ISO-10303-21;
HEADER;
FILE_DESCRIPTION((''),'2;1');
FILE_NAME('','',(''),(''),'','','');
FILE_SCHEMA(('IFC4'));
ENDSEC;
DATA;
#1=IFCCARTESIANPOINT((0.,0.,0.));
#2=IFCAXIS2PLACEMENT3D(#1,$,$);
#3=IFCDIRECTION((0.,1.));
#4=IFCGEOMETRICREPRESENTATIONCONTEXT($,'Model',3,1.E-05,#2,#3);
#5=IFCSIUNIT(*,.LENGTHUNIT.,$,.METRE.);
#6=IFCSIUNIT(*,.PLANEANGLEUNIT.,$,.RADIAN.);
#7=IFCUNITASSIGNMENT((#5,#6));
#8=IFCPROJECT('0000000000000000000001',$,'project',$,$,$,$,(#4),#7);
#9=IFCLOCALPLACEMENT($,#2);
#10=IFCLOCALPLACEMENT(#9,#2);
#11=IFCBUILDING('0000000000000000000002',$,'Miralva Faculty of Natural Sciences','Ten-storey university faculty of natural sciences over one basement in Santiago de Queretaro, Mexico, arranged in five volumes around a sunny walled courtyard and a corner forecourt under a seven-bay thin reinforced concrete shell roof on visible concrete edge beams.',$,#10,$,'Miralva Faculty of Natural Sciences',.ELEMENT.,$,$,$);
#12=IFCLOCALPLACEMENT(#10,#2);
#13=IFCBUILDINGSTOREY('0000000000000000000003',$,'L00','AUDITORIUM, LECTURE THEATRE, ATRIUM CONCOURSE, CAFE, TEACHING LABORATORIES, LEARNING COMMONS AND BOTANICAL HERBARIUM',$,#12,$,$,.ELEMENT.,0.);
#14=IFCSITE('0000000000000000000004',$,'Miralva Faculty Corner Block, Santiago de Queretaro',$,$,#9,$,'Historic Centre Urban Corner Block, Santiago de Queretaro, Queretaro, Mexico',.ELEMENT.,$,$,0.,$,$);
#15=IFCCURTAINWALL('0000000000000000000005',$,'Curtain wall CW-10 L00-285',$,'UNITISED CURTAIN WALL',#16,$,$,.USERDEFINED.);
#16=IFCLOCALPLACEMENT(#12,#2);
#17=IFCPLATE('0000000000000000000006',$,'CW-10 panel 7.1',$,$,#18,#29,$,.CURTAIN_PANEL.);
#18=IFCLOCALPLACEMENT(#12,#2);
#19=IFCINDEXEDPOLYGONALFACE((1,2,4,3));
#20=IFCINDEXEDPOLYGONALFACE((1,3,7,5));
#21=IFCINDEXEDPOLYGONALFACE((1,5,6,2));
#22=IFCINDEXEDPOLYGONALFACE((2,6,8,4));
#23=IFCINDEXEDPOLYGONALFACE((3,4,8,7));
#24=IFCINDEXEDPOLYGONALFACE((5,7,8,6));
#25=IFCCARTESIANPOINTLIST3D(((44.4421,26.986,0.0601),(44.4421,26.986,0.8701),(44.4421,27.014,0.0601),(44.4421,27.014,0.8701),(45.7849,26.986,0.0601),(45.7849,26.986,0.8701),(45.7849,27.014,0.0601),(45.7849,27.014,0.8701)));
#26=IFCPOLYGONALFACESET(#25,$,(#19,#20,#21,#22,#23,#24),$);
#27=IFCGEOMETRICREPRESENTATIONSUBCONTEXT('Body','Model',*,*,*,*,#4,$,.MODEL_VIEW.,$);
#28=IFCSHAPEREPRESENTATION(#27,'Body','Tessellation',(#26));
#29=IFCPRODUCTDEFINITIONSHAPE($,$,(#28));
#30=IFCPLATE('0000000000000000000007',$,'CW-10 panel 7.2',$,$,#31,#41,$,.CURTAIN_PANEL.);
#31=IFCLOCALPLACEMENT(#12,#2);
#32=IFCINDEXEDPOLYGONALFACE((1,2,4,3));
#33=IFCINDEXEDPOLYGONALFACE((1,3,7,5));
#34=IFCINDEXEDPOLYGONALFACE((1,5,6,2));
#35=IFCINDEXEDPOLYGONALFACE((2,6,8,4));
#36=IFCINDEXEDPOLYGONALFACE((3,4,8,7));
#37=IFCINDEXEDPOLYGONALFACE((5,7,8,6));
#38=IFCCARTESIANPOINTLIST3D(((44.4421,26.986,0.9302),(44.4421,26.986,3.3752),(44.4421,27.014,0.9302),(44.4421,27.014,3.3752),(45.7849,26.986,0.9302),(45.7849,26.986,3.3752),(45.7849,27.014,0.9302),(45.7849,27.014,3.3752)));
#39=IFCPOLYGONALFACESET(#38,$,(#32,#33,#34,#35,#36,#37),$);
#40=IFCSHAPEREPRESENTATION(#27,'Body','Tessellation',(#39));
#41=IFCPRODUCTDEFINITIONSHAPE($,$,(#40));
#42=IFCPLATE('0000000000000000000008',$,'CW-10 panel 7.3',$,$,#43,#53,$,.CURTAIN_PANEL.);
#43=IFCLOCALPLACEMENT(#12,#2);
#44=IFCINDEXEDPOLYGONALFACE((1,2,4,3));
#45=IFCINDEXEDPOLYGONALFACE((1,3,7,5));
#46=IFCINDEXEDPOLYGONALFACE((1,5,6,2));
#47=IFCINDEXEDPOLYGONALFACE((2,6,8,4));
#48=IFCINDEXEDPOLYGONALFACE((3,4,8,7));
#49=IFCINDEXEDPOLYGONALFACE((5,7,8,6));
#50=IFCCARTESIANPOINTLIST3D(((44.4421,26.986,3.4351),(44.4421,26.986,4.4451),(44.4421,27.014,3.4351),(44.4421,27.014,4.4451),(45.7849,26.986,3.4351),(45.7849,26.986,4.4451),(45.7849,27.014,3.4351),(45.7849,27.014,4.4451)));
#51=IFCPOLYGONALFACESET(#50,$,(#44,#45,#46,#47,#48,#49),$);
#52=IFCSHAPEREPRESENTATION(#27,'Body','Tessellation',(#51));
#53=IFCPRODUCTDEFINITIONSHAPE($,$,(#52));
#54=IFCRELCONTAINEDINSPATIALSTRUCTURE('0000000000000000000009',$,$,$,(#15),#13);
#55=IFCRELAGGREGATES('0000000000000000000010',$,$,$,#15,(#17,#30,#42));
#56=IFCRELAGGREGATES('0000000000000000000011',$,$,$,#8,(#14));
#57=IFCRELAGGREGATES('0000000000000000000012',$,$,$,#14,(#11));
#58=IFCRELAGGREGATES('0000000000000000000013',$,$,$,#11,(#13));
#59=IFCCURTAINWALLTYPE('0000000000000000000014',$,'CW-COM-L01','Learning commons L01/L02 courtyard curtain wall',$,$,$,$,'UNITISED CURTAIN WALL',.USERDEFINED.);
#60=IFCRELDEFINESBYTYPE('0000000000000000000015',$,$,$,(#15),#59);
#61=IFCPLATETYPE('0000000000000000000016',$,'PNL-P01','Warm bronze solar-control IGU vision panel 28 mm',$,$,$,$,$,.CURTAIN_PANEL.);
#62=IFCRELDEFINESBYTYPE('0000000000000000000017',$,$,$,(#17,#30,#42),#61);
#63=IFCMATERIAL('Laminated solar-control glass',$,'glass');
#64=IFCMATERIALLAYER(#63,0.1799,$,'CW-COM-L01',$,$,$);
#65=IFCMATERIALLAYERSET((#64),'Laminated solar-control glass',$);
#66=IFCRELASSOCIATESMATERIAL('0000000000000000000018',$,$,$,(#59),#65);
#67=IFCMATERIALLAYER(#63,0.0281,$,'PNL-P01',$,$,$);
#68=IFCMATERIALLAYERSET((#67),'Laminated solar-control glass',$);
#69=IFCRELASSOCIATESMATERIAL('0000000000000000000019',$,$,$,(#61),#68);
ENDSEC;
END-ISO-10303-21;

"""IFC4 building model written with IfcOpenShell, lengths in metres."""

from ifc_helpers import new_model, si_unit, direction, frame, origin, origin_2d, place, context, subcontext, project, spatial, rectangle, extrude, material, layer, layer_set, type_object, element, aggregate, save


model = new_model("IFC4")

# Units and contexts
model_context = context("Model", 3, precision=1e-05, world=origin(), true_north=direction((0.0, 1.0)))
body_context = subcontext(model_context, "Body", "Model", "MODEL_VIEW")
ifc_project = project(units=[si_unit("LENGTHUNIT", "METRE"), si_unit("PLANEANGLEUNIT", "RADIAN")], contexts=[model_context])

# Site, building, storey
site_placement = place(None, origin())
site = spatial("IfcSite", under=ifc_project, at=site_placement, Name="Miralva Faculty Corner Block, Santiago de Queretaro", LongName="Historic Centre Urban Corner Block, Santiago de Queretaro, Queretaro, Mexico", CompositionType="ELEMENT", RefElevation=0.0)
building_placement = place(site_placement, origin())
building = spatial("IfcBuilding", under=site, at=building_placement, Name="Miralva Faculty of Natural Sciences", Description="Ten-storey university faculty of natural sciences over one basement in Santiago de Queretaro, Mexico, arranged in five volumes around a sunny walled courtyard and a corner forecourt under a seven-bay thin reinforced concrete shell roof on visible concrete edge beams.", LongName="Miralva Faculty of Natural Sciences", CompositionType="ELEMENT")
storey_placement = place(building_placement, origin())
storey = spatial("IfcBuildingStorey", under=building, at=storey_placement, Name="L00", Description="AUDITORIUM, LECTURE THEATRE, ATRIUM CONCOURSE, CAFE, TEACHING LABORATORIES, LEARNING COMMONS AND BOTANICAL HERBARIUM", CompositionType="ELEMENT", Elevation=0.0)

# Curtain wall
ifc_material_1 = material(Name="Laminated solar-control glass", Category="glass")
ifc_layer_1 = layer(ifc_material_1, 0.1799, Name="CW-COM-L01")
ifc_layer_set_1 = layer_set([ifc_layer_1], Name="Laminated solar-control glass")
curtain_wall_type = type_object("IfcCurtainWallType", Name="CW-COM-L01", Description="Learning commons L01/L02 courtyard curtain wall", ElementType="UNITISED CURTAIN WALL", PredefinedType="USERDEFINED", material=ifc_layer_set_1)
curtain_wall_1_placement = place(storey_placement, origin())
curtain_wall_1 = element("IfcCurtainWall", 1, at=curtain_wall_1_placement, inside=storey, type_object=curtain_wall_type, Name="Curtain wall CW-10 L00-285", ObjectType="UNITISED CURTAIN WALL", PredefinedType="USERDEFINED")

# Plates
ifc_layer_2 = layer(ifc_material_1, 0.0281, Name="PNL-P01")
ifc_layer_set_2 = layer_set([ifc_layer_2], Name="Laminated solar-control glass")
plate_type = type_object("IfcPlateType", Name="PNL-P01", Description="Warm bronze solar-control IGU vision panel 28 mm", PredefinedType="CURTAIN_PANEL", material=ifc_layer_set_2)
plate_1_placement = place(storey_placement, frame((45.1135, 27.0, 0.0601), z_axis=(0.0, 0.0, 1.0), x_axis=(1.0, 0.0, 0.0)))
plate_1 = element("IfcPlate", 2, at=plate_1_placement, type_object=plate_type, Name="CW-10 panel 7.1", PredefinedType="CURTAIN_PANEL", context=body_context, shape_type="SweptSolid", body=[
    extrude(rectangle(XDim=1.3428, YDim=0.0281, at=origin_2d()), origin(), (0.0, 0.0, 1.0), 0.8101),
])
plate_2_placement = place(storey_placement, frame((45.1135, 27.0, 0.9302), z_axis=(0.0, 0.0, 1.0), x_axis=(1.0, 0.0, 0.0)))
plate_2 = element("IfcPlate", 3, at=plate_2_placement, type_object=plate_type, Name="CW-10 panel 7.2", PredefinedType="CURTAIN_PANEL", context=body_context, shape_type="SweptSolid", body=[
    extrude(rectangle(XDim=1.3428, YDim=0.0281, at=origin_2d()), origin(), (0.0, 0.0, 1.0), 2.4451),
])
plate_3_placement = place(storey_placement, frame((45.1135, 27.0, 3.4351), z_axis=(0.0, 0.0, 1.0), x_axis=(1.0, 0.0, 0.0)))
plate_3 = element("IfcPlate", 4, at=plate_3_placement, type_object=plate_type, Name="CW-10 panel 7.3", PredefinedType="CURTAIN_PANEL", context=body_context, shape_type="SweptSolid", body=[
    extrude(rectangle(XDim=1.3428, YDim=0.0281, at=origin_2d()), origin(), (0.0, 0.0, 1.0), 1.01),
])
aggregate(curtain_wall_1, [plate_1, plate_2, plate_3])

save(model, "model.ifc")
